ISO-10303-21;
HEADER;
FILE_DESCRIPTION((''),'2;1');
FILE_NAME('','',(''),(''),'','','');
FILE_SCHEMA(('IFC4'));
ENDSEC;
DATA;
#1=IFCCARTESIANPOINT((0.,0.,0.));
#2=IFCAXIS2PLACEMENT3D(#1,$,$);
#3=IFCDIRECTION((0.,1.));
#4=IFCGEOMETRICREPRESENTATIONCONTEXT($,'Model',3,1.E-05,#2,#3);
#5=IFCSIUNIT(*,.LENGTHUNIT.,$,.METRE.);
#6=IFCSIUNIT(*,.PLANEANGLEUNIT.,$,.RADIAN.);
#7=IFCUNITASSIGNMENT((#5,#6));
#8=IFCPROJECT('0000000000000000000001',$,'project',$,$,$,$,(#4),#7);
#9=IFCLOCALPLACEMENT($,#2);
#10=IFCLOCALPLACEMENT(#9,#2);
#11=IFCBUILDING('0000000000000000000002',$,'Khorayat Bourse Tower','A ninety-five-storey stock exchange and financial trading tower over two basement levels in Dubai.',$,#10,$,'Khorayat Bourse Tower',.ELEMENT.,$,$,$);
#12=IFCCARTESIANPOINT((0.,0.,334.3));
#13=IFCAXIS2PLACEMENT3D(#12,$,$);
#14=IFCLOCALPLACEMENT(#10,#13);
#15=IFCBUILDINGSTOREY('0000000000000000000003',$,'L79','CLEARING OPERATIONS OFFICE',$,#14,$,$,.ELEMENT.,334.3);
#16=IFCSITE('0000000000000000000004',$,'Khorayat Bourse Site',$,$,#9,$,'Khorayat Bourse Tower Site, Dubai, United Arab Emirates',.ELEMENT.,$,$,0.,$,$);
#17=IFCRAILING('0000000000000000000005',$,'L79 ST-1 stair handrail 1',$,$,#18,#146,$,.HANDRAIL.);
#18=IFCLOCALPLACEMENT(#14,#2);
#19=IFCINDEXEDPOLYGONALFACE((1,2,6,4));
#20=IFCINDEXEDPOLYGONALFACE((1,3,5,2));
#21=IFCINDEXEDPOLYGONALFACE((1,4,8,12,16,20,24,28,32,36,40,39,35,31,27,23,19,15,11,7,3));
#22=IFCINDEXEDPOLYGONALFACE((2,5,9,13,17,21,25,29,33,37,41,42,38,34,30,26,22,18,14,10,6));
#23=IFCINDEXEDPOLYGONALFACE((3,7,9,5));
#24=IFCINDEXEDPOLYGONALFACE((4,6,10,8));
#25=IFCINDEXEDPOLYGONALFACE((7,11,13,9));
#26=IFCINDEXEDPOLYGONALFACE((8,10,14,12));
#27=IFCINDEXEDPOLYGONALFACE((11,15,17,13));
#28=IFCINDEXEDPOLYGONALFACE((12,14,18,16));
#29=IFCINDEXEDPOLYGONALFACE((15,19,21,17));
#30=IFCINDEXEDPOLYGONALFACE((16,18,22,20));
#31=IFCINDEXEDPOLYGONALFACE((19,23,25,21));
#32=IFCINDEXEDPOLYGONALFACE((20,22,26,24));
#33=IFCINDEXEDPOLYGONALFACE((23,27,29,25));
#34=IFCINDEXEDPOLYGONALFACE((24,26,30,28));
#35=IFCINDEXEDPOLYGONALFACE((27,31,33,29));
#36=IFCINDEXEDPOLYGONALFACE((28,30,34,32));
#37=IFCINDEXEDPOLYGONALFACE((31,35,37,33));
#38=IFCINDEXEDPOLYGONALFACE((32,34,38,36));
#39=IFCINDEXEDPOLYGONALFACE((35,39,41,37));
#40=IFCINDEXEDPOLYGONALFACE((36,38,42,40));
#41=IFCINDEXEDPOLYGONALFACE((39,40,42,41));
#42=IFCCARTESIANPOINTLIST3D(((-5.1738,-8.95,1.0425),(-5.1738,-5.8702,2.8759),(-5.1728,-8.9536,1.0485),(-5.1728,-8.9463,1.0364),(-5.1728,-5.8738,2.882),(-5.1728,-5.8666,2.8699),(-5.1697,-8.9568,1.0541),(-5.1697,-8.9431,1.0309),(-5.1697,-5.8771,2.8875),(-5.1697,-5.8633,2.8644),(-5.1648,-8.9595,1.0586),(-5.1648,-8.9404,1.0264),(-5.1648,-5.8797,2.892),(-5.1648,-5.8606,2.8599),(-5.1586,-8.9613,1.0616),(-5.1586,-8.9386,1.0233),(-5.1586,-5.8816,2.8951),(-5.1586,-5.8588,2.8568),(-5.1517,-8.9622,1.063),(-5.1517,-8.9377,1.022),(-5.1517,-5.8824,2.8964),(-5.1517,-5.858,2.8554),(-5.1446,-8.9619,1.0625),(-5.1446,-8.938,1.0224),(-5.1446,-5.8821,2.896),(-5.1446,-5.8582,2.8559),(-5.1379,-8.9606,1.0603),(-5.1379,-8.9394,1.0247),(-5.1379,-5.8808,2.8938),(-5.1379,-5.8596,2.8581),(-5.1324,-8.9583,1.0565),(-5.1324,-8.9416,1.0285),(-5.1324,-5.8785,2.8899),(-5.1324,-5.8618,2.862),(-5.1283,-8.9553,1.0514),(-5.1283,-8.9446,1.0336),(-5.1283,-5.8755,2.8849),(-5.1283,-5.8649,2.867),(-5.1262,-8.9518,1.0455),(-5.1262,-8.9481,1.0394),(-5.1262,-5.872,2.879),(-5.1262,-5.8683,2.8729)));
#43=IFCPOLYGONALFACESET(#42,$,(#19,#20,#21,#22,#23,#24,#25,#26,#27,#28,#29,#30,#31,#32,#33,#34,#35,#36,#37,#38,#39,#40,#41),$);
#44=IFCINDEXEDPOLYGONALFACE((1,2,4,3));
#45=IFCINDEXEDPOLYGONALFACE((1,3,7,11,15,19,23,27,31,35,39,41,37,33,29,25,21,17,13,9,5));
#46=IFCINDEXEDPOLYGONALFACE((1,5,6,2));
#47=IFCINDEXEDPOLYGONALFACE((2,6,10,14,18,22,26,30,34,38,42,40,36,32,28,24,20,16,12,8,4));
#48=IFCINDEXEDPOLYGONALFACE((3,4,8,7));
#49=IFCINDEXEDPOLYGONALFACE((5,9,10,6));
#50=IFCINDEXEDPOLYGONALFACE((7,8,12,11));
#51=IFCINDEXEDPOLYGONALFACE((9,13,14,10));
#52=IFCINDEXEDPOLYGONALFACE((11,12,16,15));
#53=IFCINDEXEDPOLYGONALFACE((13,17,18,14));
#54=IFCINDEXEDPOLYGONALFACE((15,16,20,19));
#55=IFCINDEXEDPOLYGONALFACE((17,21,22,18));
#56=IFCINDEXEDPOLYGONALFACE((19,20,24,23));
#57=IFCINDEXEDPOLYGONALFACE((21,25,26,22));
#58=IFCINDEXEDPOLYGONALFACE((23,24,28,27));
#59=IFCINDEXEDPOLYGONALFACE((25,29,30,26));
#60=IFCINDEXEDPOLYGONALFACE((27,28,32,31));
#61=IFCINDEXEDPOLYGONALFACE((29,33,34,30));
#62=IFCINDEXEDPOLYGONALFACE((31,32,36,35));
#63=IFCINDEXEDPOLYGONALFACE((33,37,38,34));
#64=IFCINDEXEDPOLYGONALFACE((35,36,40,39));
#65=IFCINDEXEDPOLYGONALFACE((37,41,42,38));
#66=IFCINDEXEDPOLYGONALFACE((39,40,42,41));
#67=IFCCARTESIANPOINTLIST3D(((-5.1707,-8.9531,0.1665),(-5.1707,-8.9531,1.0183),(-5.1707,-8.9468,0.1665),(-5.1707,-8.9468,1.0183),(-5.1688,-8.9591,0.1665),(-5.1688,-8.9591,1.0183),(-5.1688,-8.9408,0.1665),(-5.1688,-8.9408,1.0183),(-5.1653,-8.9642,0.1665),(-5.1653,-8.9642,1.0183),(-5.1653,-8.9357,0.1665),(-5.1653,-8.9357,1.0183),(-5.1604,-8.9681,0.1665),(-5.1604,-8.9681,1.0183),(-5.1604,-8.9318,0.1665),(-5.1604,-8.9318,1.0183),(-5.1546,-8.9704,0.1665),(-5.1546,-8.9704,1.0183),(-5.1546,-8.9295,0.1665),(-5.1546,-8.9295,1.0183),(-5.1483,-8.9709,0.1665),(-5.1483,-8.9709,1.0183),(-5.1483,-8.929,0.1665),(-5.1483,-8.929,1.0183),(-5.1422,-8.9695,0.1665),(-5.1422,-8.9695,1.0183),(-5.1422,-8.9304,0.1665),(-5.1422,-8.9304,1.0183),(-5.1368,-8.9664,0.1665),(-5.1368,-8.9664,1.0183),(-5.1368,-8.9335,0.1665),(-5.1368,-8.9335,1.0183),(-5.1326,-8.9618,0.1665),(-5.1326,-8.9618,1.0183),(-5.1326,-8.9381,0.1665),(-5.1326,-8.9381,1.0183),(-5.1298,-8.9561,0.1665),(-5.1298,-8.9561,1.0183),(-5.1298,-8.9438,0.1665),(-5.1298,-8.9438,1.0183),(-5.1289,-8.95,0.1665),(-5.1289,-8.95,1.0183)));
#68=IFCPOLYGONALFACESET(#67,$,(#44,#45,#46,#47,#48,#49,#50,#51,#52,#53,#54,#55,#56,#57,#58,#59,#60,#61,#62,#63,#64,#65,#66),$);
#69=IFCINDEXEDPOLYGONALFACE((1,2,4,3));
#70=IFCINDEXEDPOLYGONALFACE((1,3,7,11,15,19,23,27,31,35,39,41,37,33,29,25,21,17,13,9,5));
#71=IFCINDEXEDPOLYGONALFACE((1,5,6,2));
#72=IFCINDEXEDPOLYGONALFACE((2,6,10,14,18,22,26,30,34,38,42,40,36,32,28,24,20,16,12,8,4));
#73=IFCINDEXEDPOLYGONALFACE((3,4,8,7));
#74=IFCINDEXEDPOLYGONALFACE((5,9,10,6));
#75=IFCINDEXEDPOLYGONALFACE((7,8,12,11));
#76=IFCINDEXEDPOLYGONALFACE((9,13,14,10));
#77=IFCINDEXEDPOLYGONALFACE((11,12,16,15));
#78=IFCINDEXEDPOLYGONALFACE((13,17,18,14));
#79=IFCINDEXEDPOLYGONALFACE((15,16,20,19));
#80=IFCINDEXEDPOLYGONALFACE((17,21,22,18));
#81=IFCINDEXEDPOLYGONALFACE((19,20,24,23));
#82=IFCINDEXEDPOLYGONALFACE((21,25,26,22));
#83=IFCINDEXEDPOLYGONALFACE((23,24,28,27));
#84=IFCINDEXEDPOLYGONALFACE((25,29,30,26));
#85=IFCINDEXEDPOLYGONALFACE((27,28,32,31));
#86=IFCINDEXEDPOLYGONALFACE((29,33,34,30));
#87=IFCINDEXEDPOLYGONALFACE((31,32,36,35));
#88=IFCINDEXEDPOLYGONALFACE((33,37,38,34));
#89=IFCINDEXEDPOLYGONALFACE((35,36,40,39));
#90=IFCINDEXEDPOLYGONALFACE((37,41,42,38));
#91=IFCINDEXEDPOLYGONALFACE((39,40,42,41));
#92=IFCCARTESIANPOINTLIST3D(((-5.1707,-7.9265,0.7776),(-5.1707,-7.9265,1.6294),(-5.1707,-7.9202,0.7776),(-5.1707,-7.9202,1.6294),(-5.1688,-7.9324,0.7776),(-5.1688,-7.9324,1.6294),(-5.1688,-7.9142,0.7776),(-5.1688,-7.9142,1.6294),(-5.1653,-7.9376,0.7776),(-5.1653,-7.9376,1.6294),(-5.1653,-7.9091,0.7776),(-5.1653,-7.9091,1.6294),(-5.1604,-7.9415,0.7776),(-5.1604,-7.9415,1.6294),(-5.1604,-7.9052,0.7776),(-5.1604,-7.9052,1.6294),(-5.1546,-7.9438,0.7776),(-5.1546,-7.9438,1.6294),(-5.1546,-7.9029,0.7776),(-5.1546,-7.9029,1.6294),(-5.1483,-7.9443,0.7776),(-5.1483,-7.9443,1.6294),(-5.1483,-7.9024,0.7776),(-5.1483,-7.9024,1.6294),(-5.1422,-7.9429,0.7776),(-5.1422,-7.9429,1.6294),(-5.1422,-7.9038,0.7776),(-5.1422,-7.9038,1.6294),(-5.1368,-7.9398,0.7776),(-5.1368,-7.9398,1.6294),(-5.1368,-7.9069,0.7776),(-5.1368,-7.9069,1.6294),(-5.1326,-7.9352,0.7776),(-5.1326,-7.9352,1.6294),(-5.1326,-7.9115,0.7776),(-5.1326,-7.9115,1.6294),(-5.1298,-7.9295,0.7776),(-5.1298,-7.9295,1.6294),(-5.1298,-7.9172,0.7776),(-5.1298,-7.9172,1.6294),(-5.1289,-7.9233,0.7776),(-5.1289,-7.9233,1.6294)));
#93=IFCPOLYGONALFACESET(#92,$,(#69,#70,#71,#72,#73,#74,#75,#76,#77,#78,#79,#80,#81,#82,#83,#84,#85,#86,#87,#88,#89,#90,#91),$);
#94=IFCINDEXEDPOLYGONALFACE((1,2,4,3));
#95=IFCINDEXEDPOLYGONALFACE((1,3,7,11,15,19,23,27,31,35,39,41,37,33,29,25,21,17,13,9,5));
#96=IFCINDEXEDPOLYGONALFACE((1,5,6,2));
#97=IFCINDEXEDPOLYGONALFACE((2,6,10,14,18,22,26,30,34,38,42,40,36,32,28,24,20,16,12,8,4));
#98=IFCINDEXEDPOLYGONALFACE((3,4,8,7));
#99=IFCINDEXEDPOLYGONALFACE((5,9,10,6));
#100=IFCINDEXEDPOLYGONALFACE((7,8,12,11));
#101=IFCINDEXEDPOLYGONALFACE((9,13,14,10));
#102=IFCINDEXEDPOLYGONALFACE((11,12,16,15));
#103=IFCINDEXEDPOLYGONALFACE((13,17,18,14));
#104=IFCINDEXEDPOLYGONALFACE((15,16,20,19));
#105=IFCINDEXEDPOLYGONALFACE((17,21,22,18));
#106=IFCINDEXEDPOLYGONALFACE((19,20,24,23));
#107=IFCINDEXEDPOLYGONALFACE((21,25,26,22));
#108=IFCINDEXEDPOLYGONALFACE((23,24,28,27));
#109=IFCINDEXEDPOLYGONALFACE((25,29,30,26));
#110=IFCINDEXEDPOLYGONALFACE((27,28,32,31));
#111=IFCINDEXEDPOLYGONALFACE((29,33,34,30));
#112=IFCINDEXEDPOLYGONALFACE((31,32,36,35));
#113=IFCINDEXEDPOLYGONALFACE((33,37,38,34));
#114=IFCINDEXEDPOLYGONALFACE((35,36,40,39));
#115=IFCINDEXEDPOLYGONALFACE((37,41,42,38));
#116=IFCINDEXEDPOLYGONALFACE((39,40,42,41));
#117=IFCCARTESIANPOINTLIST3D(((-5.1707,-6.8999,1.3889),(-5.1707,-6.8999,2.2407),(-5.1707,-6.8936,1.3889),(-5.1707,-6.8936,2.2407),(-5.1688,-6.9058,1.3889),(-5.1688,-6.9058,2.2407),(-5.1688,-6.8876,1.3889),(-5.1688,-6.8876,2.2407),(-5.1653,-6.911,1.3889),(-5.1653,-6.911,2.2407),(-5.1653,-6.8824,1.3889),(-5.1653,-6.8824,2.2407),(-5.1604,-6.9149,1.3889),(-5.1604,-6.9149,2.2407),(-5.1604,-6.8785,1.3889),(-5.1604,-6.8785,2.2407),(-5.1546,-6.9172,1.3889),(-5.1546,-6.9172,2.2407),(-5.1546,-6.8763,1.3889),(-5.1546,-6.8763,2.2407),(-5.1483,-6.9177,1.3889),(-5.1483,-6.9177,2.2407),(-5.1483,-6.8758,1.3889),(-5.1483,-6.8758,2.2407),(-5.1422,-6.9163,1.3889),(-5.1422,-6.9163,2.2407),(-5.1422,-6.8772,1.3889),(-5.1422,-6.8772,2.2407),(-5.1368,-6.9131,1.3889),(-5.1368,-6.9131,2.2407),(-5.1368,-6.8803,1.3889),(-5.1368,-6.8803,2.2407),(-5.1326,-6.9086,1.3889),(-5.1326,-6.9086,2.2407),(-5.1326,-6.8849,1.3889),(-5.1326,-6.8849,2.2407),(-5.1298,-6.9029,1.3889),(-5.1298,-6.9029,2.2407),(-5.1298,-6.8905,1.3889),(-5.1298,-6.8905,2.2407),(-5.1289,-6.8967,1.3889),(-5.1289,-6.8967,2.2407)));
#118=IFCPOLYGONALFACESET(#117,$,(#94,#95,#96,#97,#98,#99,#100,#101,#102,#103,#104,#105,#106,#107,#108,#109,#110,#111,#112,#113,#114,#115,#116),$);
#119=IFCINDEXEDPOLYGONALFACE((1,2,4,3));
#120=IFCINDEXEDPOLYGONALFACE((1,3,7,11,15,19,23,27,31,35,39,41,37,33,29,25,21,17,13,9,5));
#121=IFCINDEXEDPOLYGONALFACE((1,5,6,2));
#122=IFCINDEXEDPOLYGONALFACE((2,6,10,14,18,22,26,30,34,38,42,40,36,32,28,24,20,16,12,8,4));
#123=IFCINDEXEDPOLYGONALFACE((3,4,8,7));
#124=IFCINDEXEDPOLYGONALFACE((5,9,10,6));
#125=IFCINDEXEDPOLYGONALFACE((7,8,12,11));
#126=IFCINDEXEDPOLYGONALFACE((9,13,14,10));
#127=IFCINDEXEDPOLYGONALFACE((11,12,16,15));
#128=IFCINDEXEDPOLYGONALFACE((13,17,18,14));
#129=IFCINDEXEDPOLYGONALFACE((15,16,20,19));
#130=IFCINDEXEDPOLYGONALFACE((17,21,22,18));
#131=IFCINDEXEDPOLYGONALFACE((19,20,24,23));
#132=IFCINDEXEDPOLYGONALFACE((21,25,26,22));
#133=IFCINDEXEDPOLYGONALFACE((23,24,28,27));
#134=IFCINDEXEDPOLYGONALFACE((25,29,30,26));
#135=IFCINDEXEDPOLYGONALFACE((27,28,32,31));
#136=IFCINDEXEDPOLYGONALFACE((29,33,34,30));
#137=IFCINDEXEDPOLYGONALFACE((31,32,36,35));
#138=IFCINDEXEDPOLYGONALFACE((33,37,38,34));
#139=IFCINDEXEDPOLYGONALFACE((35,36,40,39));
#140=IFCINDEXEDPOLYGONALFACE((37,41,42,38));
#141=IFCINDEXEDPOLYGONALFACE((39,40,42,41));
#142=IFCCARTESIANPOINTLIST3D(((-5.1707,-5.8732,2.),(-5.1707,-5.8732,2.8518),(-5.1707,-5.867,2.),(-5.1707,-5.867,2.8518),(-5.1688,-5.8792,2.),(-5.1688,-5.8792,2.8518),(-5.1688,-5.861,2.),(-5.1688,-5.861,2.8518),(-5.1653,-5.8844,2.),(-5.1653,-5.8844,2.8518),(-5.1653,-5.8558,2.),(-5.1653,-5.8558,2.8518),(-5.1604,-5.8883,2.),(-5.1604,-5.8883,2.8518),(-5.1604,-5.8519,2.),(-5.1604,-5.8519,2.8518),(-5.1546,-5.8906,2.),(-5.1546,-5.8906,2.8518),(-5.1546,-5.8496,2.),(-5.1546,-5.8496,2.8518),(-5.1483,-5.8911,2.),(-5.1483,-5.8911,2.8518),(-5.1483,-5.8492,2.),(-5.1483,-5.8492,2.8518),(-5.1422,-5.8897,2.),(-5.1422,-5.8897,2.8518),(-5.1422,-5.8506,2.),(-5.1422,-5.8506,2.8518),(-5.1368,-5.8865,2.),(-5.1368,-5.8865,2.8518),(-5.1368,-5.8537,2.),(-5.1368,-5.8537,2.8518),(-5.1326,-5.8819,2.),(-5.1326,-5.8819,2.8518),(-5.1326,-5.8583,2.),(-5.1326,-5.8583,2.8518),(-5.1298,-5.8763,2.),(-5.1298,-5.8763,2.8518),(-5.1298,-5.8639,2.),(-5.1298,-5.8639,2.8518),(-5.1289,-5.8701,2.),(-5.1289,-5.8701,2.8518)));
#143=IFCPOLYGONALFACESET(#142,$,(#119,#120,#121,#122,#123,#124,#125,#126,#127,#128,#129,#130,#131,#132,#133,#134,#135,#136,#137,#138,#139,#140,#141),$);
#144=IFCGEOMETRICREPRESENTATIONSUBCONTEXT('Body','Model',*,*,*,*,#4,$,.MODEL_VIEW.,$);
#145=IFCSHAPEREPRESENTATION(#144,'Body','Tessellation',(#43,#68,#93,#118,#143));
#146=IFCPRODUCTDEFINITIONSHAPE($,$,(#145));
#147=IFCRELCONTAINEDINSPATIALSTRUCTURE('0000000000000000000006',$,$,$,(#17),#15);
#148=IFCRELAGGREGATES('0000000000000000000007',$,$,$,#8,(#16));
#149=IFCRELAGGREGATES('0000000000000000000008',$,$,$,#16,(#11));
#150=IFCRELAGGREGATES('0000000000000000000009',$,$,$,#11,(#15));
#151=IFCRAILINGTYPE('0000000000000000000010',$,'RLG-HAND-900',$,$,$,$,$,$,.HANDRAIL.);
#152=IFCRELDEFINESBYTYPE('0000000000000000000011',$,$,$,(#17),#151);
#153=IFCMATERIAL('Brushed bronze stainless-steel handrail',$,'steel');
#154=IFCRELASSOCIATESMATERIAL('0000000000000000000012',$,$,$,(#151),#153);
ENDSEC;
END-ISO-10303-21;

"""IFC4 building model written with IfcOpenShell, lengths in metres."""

from ifc_helpers import new_model, si_unit, direction, frame, origin, origin_2d, place, context, subcontext, project, spatial, circle, extrude, source, transform, mapped, material, type_object, element, save


model = new_model("IFC4")

# Units and contexts
model_context = context("Model", 3, precision=1e-05, world=origin(), true_north=direction((0.0, 1.0)))
body_context = subcontext(model_context, "Body", "Model", "MODEL_VIEW")
ifc_project = project(units=[si_unit("LENGTHUNIT", "METRE"), si_unit("PLANEANGLEUNIT", "RADIAN")], contexts=[model_context])

# Site, building, storey
site_placement = place(None, origin())
site = spatial("IfcSite", under=ifc_project, at=site_placement, Name="Khorayat Bourse Site", LongName="Khorayat Bourse Tower Site, Dubai, United Arab Emirates", CompositionType="ELEMENT", RefElevation=0.0)
building_placement = place(site_placement, origin())
building = spatial("IfcBuilding", under=site, at=building_placement, Name="Khorayat Bourse Tower", Description="A ninety-five-storey stock exchange and financial trading tower over two basement levels in Dubai.", LongName="Khorayat Bourse Tower", CompositionType="ELEMENT")
storey_placement = place(building_placement, frame((0.0, 0.0, 334.3)))
storey = spatial("IfcBuildingStorey", under=building, at=storey_placement, Name="L79", Description="CLEARING OPERATIONS OFFICE", CompositionType="ELEMENT", Elevation=334.3)

# Railing
ifc_material_1 = material(Name="Brushed bronze stainless-steel handrail", Category="steel")
railing_type_1 = type_object("IfcRailingType", Name="RLG-HAND-900", PredefinedType="HANDRAIL", material=ifc_material_1)
shared_shape_1 = source(origin(), body_context, "Body", "SweptSolid", [
    extrude(circle(Radius=0.0239, at=origin_2d()), frame((0.0, 0.0, 0.876), z_axis=(0.0, 0.859261, 0.511538), x_axis=(-1.0, 0.0, 0.0)), (0.0, 0.0, 1.0), 3.5842),
    extrude(circle(Radius=0.021, at=origin_2d()), origin(), (0.0, 0.0, 1.0), 0.8518),
    extrude(circle(Radius=0.021, at=origin_2d()), frame((0.0, 1.0266, 0.6111)), (0.0, 0.0, 1.0), 0.8518),
    extrude(circle(Radius=0.021, at=origin_2d()), frame((0.0, 2.0532, 1.2224)), (0.0, 0.0, 1.0), 0.8518),
    extrude(circle(Radius=0.021, at=origin_2d()), frame((0.0, 3.0798, 1.8335)), (0.0, 0.0, 1.0), 0.8518),
])
railing_1_placement = place(storey_placement, frame((-5.1499, -8.95, 0.1665)))
element("IfcRailing", 1, at=railing_1_placement, inside=storey, type_object=railing_type_1, Name="L79 ST-1 stair handrail 1", PredefinedType="HANDRAIL", context=body_context, shape_type="MappedRepresentation", body=[
    mapped(shared_shape_1, transform((0.0, 0.0, 0.0), scale=1.0)),
])

save(model, "model.ifc")
